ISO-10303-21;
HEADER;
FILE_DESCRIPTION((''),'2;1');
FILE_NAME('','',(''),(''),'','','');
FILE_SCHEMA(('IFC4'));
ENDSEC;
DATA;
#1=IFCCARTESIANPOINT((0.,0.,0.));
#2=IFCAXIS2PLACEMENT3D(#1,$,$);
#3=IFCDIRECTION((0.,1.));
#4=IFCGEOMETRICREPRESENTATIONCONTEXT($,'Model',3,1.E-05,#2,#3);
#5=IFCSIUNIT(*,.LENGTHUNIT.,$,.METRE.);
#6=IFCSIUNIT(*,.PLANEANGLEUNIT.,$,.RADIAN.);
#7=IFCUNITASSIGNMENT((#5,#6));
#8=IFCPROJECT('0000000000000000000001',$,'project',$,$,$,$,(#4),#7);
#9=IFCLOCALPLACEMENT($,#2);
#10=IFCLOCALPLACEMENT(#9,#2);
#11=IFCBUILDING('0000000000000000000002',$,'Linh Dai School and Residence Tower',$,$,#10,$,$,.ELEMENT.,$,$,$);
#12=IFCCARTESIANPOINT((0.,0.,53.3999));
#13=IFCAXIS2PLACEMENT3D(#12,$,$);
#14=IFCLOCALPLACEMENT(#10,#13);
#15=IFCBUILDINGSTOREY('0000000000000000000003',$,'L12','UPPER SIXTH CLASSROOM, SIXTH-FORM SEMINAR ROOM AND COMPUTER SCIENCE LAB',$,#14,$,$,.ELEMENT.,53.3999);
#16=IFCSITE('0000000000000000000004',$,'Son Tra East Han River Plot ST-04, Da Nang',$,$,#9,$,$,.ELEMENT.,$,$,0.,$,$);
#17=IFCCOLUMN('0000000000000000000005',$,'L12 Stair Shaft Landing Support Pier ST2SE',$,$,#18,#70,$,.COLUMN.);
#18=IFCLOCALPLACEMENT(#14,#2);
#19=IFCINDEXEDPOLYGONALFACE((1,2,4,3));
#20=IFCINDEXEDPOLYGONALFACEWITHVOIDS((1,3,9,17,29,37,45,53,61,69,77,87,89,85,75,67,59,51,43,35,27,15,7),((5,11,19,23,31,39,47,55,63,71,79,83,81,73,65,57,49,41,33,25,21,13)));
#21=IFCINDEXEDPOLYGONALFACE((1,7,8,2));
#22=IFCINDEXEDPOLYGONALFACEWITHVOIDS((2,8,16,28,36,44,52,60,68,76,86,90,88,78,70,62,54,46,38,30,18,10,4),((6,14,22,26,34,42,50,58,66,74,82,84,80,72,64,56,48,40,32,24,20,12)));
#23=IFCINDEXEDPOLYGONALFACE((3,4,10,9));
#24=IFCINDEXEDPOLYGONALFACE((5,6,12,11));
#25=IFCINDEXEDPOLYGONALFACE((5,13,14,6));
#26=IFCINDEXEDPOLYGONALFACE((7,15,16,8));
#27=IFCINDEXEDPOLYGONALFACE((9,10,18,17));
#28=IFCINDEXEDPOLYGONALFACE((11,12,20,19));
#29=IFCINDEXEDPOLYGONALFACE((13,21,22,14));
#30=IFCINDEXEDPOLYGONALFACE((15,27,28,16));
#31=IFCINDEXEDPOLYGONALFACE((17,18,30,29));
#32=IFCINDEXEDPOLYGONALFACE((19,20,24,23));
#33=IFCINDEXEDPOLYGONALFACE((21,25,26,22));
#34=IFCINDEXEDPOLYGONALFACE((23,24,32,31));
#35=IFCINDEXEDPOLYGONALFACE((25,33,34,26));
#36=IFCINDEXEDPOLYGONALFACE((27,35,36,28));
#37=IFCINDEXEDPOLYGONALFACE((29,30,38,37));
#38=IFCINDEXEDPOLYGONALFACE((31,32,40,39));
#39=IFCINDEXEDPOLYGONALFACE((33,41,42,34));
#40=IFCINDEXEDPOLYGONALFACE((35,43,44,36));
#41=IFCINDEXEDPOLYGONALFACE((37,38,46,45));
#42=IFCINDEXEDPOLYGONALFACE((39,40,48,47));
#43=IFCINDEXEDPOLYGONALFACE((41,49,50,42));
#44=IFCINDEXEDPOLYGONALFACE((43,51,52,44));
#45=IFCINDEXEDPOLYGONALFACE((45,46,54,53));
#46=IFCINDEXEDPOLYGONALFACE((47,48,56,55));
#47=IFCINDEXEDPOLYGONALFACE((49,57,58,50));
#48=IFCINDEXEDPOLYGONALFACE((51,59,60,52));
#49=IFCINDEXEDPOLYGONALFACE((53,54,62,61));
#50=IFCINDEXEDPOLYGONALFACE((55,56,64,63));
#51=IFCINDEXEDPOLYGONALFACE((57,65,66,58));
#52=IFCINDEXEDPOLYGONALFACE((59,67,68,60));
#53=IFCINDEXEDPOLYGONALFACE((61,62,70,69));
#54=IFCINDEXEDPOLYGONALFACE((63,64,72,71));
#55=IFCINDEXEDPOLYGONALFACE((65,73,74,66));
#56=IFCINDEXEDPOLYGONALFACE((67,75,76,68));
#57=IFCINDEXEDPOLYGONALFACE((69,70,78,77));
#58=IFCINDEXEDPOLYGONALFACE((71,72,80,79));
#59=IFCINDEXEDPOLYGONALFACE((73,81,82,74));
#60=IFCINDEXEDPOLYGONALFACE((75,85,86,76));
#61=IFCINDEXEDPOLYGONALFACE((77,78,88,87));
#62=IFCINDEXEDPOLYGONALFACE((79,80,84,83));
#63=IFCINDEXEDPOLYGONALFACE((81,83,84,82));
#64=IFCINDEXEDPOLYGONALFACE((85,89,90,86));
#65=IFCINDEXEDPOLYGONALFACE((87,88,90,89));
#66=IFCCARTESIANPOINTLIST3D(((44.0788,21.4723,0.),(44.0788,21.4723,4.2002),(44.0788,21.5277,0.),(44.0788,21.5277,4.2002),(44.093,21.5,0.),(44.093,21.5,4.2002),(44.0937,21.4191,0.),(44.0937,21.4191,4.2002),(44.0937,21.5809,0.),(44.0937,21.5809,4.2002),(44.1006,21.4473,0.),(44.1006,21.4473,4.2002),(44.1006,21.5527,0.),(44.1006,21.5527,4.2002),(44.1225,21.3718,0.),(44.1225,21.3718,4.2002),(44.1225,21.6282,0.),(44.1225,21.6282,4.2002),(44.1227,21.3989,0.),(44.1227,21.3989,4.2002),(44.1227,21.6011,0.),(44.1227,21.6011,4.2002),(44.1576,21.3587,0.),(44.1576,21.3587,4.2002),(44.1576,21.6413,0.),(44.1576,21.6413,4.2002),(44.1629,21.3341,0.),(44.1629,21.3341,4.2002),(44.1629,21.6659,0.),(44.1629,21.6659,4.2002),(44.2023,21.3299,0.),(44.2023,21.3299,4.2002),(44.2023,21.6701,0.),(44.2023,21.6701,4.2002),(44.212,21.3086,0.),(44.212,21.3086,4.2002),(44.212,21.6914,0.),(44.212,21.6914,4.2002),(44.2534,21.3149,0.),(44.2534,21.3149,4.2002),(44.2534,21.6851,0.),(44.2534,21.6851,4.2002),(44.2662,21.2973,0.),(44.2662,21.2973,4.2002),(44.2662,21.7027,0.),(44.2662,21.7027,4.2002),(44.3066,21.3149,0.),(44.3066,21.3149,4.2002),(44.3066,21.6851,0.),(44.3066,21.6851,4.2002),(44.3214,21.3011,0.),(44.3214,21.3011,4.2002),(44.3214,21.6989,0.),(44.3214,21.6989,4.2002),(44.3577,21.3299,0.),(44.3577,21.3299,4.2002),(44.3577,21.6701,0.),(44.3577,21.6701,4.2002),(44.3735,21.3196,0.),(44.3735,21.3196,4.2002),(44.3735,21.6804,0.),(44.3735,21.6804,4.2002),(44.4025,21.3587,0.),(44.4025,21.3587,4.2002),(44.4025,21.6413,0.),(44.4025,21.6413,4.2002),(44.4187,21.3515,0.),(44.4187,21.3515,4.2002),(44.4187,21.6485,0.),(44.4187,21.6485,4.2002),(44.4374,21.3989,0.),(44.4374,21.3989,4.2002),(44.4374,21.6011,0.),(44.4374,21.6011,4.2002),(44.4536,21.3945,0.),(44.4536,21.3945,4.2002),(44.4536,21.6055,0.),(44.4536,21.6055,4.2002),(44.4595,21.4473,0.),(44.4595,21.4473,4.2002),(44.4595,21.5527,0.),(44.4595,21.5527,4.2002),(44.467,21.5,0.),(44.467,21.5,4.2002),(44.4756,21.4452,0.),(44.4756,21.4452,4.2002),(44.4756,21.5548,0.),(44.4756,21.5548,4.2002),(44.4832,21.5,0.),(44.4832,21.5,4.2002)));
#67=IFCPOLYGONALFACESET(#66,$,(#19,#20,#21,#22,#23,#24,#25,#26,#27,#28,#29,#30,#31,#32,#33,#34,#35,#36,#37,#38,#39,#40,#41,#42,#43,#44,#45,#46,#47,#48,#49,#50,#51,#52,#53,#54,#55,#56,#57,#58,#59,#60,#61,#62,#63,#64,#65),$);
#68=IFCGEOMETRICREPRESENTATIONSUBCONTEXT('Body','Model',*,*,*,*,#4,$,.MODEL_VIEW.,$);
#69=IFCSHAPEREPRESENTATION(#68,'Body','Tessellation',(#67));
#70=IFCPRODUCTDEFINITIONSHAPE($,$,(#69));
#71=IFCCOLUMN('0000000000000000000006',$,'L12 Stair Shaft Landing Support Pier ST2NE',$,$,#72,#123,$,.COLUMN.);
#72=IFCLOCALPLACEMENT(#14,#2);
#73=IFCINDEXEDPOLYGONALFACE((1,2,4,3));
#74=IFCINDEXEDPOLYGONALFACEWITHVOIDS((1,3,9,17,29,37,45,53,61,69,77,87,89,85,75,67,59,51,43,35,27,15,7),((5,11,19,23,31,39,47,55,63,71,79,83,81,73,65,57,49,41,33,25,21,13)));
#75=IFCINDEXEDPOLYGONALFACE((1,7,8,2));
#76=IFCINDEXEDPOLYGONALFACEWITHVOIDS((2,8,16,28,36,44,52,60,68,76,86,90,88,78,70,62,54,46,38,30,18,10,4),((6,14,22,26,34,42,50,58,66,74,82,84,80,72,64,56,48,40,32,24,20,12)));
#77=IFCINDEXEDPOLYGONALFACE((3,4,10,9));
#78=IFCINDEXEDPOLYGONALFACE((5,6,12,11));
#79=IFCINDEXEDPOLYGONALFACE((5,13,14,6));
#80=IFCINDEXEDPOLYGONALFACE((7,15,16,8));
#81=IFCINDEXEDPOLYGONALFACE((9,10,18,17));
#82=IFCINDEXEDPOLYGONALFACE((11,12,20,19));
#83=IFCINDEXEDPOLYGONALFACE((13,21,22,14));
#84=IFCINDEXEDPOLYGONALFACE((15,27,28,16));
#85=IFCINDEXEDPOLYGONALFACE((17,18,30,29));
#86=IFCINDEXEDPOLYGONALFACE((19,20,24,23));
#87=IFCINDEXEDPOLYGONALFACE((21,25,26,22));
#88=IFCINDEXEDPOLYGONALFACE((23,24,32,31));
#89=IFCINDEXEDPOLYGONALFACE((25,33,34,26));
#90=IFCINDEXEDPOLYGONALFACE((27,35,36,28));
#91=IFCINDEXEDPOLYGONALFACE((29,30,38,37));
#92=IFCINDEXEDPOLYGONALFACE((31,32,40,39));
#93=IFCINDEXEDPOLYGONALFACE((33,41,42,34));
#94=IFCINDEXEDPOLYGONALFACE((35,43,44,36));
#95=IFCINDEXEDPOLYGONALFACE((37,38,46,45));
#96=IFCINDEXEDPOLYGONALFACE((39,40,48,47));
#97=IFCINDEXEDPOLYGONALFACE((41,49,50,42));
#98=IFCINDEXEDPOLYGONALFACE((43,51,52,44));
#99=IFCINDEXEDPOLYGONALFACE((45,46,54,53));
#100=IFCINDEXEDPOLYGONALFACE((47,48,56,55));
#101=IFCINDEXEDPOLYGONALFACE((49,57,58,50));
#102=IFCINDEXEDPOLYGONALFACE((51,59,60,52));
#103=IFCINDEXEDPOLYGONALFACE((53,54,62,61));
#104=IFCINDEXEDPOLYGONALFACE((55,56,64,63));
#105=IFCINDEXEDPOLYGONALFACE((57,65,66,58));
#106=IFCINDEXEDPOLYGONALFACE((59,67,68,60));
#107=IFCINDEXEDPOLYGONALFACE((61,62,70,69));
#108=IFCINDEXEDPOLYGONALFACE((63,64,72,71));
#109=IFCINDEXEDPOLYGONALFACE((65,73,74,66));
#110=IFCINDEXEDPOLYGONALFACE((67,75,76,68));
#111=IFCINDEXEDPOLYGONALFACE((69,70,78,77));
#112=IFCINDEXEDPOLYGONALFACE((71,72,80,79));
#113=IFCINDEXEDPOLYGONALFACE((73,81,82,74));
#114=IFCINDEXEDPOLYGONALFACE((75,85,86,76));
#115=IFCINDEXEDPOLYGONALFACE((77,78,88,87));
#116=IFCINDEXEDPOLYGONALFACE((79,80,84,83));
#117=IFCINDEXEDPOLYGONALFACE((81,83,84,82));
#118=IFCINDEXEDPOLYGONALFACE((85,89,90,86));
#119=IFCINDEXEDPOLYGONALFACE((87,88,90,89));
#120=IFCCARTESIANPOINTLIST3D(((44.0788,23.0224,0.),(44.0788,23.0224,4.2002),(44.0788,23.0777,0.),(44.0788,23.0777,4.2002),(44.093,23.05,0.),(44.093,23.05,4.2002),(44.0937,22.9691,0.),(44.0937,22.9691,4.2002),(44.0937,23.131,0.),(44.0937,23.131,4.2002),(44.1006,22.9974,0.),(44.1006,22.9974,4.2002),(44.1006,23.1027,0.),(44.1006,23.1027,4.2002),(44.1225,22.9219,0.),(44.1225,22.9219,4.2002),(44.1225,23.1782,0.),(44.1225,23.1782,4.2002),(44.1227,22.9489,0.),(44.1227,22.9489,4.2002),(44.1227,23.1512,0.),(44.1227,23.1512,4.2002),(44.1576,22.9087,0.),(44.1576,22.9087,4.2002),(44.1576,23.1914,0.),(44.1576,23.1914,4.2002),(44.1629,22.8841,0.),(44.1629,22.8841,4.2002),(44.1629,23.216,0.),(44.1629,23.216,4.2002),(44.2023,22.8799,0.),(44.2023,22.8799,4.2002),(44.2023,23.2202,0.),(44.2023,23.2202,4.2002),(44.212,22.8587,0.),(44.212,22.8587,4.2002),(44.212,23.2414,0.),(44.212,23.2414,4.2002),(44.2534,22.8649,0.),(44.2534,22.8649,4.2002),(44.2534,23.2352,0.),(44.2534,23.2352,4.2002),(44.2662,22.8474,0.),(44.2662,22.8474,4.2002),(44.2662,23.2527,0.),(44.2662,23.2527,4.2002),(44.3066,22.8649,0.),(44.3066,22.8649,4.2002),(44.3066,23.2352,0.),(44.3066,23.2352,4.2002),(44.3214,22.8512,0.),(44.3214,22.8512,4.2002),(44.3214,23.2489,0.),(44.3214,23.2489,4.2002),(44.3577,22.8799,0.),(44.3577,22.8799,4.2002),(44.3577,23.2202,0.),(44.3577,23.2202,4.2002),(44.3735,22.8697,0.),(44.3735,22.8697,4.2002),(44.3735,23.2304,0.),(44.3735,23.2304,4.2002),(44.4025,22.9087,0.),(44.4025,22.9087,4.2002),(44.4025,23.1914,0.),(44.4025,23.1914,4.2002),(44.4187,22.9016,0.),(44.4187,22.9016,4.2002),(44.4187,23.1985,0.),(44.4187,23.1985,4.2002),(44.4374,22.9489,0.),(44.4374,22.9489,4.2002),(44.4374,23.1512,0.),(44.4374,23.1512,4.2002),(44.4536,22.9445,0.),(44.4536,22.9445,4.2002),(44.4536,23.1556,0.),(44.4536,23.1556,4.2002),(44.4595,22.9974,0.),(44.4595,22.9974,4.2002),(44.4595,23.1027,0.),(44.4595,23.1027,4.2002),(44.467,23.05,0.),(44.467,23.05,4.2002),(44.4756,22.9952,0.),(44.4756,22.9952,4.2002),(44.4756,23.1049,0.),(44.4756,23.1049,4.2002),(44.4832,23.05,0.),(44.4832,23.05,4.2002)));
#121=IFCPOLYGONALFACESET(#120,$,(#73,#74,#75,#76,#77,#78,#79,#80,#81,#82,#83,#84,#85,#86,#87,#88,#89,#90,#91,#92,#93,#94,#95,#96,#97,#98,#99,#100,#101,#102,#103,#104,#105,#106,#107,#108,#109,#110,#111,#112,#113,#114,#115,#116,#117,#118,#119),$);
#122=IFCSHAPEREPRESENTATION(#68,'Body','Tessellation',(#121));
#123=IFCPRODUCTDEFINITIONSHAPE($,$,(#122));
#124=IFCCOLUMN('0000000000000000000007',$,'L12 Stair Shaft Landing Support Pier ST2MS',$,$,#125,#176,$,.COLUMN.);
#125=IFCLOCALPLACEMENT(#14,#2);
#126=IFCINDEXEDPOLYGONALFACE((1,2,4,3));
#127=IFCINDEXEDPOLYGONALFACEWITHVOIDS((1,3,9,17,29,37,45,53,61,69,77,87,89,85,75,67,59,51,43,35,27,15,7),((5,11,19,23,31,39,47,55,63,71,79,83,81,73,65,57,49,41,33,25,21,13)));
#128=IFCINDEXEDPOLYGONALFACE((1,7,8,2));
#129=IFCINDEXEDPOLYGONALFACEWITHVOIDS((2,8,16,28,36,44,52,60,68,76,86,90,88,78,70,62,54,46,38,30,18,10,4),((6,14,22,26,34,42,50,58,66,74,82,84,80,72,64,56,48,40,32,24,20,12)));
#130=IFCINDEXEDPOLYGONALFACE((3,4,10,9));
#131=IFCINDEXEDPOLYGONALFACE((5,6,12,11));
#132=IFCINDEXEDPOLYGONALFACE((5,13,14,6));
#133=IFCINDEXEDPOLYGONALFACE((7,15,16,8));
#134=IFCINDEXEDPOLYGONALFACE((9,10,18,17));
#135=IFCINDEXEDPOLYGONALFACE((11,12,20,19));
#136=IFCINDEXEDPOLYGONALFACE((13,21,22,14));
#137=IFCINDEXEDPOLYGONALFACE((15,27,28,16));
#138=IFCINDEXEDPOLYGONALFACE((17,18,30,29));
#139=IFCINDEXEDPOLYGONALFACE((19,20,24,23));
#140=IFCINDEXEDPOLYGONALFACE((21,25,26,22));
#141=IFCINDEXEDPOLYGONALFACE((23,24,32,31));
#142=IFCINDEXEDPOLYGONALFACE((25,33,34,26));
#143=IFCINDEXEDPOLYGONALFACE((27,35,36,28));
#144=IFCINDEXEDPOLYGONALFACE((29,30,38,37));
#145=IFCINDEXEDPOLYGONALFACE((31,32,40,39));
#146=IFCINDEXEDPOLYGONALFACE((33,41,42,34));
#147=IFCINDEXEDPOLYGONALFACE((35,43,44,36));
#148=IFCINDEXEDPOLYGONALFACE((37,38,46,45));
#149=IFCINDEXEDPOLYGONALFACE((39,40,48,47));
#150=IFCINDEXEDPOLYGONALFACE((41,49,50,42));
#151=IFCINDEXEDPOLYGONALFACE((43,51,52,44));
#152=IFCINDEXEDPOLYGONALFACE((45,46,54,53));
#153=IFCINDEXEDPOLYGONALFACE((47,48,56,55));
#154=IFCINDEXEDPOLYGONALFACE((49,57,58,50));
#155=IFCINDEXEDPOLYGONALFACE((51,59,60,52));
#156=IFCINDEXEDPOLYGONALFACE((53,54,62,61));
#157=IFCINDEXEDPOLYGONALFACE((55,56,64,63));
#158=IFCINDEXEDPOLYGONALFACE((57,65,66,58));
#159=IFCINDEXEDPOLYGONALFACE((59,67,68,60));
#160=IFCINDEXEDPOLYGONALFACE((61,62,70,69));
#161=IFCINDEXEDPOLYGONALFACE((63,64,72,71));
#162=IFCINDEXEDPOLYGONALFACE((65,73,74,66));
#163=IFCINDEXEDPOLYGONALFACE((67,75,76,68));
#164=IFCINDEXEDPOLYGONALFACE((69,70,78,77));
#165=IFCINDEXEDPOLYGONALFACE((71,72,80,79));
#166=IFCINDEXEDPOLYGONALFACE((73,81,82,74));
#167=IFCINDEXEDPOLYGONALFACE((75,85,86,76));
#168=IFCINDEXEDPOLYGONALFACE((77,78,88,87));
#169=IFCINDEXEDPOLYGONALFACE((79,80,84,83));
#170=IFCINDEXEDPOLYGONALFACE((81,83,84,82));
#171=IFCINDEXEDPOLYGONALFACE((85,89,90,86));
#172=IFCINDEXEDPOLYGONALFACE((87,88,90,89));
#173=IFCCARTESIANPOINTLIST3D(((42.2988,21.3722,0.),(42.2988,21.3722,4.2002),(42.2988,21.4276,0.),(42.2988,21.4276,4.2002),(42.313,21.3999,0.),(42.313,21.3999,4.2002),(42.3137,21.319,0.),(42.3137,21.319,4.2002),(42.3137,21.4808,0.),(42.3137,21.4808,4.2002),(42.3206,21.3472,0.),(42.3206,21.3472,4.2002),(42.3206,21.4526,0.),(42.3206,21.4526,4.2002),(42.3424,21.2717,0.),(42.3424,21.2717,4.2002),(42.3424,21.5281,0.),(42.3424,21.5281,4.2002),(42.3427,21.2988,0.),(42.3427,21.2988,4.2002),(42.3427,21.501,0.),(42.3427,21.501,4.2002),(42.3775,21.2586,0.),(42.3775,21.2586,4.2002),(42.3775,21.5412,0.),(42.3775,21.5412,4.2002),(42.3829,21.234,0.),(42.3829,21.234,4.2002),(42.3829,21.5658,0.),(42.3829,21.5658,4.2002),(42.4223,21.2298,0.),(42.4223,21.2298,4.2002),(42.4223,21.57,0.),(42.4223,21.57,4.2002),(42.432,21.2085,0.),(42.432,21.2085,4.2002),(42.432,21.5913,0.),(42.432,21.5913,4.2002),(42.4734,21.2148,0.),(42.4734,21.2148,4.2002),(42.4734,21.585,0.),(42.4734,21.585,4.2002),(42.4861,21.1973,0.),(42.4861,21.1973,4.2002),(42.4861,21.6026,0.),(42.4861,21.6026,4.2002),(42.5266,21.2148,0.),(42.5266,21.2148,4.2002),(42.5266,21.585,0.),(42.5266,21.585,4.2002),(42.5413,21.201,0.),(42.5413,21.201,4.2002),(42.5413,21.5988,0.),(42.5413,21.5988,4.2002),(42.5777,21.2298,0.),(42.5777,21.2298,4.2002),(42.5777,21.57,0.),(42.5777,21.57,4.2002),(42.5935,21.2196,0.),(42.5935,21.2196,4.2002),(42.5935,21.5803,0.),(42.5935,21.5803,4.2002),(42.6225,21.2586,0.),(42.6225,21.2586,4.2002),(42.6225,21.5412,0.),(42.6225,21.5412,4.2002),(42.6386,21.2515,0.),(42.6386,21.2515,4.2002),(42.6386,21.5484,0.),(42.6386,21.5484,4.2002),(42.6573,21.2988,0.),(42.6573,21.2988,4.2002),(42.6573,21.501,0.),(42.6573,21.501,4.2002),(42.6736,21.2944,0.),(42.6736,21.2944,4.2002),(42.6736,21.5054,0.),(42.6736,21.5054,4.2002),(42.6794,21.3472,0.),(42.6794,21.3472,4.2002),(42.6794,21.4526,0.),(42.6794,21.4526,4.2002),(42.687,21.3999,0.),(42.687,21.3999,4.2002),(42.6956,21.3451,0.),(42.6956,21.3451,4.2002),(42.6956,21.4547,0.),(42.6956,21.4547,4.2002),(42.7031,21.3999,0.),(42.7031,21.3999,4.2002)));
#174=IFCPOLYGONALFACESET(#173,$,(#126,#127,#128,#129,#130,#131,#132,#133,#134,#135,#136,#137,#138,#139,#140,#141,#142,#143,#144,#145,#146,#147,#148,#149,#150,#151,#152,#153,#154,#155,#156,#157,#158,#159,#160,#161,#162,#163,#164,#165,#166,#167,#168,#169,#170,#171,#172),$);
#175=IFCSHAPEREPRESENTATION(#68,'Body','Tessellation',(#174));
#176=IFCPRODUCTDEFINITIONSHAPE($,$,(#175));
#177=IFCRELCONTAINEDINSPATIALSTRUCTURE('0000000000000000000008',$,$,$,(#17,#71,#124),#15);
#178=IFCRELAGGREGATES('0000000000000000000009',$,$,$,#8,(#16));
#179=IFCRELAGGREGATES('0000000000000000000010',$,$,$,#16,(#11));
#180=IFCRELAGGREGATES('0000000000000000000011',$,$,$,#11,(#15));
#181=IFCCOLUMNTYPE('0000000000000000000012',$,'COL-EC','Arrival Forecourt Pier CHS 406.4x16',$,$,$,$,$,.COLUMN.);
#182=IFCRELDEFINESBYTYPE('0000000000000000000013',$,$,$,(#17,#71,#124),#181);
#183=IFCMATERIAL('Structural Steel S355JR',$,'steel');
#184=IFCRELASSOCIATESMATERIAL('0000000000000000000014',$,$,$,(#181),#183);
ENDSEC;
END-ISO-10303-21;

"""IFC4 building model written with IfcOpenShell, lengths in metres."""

from ifc_helpers import new_model, si_unit, direction, frame, origin, origin_2d, place, context, subcontext, project, spatial, hollow_circle, extrude, material, material_profile, profile_set, type_object, element, save


model = new_model("IFC4")

# Units and contexts
model_context = context("Model", 3, precision=1e-05, world=origin(), true_north=direction((0.0, 1.0)))
body_context = subcontext(model_context, "Body", "Model", "MODEL_VIEW")
ifc_project = project(units=[si_unit("LENGTHUNIT", "METRE"), si_unit("PLANEANGLEUNIT", "RADIAN")], contexts=[model_context])

# Site, building, storey
site_placement = place(None, origin())
site = spatial("IfcSite", under=ifc_project, at=site_placement, Name="Son Tra East Han River Plot ST-04, Da Nang", CompositionType="ELEMENT", RefElevation=0.0)
building_placement = place(site_placement, origin())
building = spatial("IfcBuilding", under=site, at=building_placement, Name="Linh Dai School and Residence Tower", CompositionType="ELEMENT")
storey_placement = place(building_placement, frame((0.0, 0.0, 53.3999)))
storey = spatial("IfcBuildingStorey", under=building, at=storey_placement, Name="L12", Description="UPPER SIXTH CLASSROOM, SIXTH-FORM SEMINAR ROOM AND COMPUTER SCIENCE LAB", CompositionType="ELEMENT", Elevation=53.3999)

# Columns
ifc_material_1 = material(Name="Structural Steel S355JR", Category="steel")
ifc_material_profile_1 = material_profile(ifc_material_1, hollow_circle(Radius=0.2031, WallThickness=0.0161, at=origin_2d()), Name="CHS 406.4x16")
ifc_profile_set_1 = profile_set([ifc_material_profile_1], Name="Structural Steel S355JR")
column_type_1 = type_object("IfcColumnType", Name="COL-EC", Description="Arrival Forecourt Pier CHS 406.4x16", PredefinedType="COLUMN", material=ifc_profile_set_1)
for number, where, z_axis, x_axis, name in (
    (1, (44.28, 21.5, 0.0), (0.0, 0.0, 1.0), (1.0, 0.0, 0.0), "L12 Stair Shaft Landing Support Pier ST2SE"),
    (2, (44.28, 23.05, 0.0), (0.0, 0.0, 1.0), (1.0, 0.0, 0.0), "L12 Stair Shaft Landing Support Pier ST2NE"),
    (3, (42.5, 21.3999, 0.0), (0.0, 0.0, 1.0), (1.0, 0.0, 0.0), "L12 Stair Shaft Landing Support Pier ST2MS"),
):
    element("IfcColumn", number, at=place(storey_placement, frame(where, z_axis=z_axis, x_axis=x_axis)), inside=storey, type_object=column_type_1, Name=name, PredefinedType="COLUMN", context=body_context, shape_type="SweptSolid", body=[
        extrude(hollow_circle(Radius=0.2031, WallThickness=0.0161, at=origin_2d()), origin(), (0.0, 0.0, 1.0), 4.2002),
    ])

save(model, "model.ifc")
